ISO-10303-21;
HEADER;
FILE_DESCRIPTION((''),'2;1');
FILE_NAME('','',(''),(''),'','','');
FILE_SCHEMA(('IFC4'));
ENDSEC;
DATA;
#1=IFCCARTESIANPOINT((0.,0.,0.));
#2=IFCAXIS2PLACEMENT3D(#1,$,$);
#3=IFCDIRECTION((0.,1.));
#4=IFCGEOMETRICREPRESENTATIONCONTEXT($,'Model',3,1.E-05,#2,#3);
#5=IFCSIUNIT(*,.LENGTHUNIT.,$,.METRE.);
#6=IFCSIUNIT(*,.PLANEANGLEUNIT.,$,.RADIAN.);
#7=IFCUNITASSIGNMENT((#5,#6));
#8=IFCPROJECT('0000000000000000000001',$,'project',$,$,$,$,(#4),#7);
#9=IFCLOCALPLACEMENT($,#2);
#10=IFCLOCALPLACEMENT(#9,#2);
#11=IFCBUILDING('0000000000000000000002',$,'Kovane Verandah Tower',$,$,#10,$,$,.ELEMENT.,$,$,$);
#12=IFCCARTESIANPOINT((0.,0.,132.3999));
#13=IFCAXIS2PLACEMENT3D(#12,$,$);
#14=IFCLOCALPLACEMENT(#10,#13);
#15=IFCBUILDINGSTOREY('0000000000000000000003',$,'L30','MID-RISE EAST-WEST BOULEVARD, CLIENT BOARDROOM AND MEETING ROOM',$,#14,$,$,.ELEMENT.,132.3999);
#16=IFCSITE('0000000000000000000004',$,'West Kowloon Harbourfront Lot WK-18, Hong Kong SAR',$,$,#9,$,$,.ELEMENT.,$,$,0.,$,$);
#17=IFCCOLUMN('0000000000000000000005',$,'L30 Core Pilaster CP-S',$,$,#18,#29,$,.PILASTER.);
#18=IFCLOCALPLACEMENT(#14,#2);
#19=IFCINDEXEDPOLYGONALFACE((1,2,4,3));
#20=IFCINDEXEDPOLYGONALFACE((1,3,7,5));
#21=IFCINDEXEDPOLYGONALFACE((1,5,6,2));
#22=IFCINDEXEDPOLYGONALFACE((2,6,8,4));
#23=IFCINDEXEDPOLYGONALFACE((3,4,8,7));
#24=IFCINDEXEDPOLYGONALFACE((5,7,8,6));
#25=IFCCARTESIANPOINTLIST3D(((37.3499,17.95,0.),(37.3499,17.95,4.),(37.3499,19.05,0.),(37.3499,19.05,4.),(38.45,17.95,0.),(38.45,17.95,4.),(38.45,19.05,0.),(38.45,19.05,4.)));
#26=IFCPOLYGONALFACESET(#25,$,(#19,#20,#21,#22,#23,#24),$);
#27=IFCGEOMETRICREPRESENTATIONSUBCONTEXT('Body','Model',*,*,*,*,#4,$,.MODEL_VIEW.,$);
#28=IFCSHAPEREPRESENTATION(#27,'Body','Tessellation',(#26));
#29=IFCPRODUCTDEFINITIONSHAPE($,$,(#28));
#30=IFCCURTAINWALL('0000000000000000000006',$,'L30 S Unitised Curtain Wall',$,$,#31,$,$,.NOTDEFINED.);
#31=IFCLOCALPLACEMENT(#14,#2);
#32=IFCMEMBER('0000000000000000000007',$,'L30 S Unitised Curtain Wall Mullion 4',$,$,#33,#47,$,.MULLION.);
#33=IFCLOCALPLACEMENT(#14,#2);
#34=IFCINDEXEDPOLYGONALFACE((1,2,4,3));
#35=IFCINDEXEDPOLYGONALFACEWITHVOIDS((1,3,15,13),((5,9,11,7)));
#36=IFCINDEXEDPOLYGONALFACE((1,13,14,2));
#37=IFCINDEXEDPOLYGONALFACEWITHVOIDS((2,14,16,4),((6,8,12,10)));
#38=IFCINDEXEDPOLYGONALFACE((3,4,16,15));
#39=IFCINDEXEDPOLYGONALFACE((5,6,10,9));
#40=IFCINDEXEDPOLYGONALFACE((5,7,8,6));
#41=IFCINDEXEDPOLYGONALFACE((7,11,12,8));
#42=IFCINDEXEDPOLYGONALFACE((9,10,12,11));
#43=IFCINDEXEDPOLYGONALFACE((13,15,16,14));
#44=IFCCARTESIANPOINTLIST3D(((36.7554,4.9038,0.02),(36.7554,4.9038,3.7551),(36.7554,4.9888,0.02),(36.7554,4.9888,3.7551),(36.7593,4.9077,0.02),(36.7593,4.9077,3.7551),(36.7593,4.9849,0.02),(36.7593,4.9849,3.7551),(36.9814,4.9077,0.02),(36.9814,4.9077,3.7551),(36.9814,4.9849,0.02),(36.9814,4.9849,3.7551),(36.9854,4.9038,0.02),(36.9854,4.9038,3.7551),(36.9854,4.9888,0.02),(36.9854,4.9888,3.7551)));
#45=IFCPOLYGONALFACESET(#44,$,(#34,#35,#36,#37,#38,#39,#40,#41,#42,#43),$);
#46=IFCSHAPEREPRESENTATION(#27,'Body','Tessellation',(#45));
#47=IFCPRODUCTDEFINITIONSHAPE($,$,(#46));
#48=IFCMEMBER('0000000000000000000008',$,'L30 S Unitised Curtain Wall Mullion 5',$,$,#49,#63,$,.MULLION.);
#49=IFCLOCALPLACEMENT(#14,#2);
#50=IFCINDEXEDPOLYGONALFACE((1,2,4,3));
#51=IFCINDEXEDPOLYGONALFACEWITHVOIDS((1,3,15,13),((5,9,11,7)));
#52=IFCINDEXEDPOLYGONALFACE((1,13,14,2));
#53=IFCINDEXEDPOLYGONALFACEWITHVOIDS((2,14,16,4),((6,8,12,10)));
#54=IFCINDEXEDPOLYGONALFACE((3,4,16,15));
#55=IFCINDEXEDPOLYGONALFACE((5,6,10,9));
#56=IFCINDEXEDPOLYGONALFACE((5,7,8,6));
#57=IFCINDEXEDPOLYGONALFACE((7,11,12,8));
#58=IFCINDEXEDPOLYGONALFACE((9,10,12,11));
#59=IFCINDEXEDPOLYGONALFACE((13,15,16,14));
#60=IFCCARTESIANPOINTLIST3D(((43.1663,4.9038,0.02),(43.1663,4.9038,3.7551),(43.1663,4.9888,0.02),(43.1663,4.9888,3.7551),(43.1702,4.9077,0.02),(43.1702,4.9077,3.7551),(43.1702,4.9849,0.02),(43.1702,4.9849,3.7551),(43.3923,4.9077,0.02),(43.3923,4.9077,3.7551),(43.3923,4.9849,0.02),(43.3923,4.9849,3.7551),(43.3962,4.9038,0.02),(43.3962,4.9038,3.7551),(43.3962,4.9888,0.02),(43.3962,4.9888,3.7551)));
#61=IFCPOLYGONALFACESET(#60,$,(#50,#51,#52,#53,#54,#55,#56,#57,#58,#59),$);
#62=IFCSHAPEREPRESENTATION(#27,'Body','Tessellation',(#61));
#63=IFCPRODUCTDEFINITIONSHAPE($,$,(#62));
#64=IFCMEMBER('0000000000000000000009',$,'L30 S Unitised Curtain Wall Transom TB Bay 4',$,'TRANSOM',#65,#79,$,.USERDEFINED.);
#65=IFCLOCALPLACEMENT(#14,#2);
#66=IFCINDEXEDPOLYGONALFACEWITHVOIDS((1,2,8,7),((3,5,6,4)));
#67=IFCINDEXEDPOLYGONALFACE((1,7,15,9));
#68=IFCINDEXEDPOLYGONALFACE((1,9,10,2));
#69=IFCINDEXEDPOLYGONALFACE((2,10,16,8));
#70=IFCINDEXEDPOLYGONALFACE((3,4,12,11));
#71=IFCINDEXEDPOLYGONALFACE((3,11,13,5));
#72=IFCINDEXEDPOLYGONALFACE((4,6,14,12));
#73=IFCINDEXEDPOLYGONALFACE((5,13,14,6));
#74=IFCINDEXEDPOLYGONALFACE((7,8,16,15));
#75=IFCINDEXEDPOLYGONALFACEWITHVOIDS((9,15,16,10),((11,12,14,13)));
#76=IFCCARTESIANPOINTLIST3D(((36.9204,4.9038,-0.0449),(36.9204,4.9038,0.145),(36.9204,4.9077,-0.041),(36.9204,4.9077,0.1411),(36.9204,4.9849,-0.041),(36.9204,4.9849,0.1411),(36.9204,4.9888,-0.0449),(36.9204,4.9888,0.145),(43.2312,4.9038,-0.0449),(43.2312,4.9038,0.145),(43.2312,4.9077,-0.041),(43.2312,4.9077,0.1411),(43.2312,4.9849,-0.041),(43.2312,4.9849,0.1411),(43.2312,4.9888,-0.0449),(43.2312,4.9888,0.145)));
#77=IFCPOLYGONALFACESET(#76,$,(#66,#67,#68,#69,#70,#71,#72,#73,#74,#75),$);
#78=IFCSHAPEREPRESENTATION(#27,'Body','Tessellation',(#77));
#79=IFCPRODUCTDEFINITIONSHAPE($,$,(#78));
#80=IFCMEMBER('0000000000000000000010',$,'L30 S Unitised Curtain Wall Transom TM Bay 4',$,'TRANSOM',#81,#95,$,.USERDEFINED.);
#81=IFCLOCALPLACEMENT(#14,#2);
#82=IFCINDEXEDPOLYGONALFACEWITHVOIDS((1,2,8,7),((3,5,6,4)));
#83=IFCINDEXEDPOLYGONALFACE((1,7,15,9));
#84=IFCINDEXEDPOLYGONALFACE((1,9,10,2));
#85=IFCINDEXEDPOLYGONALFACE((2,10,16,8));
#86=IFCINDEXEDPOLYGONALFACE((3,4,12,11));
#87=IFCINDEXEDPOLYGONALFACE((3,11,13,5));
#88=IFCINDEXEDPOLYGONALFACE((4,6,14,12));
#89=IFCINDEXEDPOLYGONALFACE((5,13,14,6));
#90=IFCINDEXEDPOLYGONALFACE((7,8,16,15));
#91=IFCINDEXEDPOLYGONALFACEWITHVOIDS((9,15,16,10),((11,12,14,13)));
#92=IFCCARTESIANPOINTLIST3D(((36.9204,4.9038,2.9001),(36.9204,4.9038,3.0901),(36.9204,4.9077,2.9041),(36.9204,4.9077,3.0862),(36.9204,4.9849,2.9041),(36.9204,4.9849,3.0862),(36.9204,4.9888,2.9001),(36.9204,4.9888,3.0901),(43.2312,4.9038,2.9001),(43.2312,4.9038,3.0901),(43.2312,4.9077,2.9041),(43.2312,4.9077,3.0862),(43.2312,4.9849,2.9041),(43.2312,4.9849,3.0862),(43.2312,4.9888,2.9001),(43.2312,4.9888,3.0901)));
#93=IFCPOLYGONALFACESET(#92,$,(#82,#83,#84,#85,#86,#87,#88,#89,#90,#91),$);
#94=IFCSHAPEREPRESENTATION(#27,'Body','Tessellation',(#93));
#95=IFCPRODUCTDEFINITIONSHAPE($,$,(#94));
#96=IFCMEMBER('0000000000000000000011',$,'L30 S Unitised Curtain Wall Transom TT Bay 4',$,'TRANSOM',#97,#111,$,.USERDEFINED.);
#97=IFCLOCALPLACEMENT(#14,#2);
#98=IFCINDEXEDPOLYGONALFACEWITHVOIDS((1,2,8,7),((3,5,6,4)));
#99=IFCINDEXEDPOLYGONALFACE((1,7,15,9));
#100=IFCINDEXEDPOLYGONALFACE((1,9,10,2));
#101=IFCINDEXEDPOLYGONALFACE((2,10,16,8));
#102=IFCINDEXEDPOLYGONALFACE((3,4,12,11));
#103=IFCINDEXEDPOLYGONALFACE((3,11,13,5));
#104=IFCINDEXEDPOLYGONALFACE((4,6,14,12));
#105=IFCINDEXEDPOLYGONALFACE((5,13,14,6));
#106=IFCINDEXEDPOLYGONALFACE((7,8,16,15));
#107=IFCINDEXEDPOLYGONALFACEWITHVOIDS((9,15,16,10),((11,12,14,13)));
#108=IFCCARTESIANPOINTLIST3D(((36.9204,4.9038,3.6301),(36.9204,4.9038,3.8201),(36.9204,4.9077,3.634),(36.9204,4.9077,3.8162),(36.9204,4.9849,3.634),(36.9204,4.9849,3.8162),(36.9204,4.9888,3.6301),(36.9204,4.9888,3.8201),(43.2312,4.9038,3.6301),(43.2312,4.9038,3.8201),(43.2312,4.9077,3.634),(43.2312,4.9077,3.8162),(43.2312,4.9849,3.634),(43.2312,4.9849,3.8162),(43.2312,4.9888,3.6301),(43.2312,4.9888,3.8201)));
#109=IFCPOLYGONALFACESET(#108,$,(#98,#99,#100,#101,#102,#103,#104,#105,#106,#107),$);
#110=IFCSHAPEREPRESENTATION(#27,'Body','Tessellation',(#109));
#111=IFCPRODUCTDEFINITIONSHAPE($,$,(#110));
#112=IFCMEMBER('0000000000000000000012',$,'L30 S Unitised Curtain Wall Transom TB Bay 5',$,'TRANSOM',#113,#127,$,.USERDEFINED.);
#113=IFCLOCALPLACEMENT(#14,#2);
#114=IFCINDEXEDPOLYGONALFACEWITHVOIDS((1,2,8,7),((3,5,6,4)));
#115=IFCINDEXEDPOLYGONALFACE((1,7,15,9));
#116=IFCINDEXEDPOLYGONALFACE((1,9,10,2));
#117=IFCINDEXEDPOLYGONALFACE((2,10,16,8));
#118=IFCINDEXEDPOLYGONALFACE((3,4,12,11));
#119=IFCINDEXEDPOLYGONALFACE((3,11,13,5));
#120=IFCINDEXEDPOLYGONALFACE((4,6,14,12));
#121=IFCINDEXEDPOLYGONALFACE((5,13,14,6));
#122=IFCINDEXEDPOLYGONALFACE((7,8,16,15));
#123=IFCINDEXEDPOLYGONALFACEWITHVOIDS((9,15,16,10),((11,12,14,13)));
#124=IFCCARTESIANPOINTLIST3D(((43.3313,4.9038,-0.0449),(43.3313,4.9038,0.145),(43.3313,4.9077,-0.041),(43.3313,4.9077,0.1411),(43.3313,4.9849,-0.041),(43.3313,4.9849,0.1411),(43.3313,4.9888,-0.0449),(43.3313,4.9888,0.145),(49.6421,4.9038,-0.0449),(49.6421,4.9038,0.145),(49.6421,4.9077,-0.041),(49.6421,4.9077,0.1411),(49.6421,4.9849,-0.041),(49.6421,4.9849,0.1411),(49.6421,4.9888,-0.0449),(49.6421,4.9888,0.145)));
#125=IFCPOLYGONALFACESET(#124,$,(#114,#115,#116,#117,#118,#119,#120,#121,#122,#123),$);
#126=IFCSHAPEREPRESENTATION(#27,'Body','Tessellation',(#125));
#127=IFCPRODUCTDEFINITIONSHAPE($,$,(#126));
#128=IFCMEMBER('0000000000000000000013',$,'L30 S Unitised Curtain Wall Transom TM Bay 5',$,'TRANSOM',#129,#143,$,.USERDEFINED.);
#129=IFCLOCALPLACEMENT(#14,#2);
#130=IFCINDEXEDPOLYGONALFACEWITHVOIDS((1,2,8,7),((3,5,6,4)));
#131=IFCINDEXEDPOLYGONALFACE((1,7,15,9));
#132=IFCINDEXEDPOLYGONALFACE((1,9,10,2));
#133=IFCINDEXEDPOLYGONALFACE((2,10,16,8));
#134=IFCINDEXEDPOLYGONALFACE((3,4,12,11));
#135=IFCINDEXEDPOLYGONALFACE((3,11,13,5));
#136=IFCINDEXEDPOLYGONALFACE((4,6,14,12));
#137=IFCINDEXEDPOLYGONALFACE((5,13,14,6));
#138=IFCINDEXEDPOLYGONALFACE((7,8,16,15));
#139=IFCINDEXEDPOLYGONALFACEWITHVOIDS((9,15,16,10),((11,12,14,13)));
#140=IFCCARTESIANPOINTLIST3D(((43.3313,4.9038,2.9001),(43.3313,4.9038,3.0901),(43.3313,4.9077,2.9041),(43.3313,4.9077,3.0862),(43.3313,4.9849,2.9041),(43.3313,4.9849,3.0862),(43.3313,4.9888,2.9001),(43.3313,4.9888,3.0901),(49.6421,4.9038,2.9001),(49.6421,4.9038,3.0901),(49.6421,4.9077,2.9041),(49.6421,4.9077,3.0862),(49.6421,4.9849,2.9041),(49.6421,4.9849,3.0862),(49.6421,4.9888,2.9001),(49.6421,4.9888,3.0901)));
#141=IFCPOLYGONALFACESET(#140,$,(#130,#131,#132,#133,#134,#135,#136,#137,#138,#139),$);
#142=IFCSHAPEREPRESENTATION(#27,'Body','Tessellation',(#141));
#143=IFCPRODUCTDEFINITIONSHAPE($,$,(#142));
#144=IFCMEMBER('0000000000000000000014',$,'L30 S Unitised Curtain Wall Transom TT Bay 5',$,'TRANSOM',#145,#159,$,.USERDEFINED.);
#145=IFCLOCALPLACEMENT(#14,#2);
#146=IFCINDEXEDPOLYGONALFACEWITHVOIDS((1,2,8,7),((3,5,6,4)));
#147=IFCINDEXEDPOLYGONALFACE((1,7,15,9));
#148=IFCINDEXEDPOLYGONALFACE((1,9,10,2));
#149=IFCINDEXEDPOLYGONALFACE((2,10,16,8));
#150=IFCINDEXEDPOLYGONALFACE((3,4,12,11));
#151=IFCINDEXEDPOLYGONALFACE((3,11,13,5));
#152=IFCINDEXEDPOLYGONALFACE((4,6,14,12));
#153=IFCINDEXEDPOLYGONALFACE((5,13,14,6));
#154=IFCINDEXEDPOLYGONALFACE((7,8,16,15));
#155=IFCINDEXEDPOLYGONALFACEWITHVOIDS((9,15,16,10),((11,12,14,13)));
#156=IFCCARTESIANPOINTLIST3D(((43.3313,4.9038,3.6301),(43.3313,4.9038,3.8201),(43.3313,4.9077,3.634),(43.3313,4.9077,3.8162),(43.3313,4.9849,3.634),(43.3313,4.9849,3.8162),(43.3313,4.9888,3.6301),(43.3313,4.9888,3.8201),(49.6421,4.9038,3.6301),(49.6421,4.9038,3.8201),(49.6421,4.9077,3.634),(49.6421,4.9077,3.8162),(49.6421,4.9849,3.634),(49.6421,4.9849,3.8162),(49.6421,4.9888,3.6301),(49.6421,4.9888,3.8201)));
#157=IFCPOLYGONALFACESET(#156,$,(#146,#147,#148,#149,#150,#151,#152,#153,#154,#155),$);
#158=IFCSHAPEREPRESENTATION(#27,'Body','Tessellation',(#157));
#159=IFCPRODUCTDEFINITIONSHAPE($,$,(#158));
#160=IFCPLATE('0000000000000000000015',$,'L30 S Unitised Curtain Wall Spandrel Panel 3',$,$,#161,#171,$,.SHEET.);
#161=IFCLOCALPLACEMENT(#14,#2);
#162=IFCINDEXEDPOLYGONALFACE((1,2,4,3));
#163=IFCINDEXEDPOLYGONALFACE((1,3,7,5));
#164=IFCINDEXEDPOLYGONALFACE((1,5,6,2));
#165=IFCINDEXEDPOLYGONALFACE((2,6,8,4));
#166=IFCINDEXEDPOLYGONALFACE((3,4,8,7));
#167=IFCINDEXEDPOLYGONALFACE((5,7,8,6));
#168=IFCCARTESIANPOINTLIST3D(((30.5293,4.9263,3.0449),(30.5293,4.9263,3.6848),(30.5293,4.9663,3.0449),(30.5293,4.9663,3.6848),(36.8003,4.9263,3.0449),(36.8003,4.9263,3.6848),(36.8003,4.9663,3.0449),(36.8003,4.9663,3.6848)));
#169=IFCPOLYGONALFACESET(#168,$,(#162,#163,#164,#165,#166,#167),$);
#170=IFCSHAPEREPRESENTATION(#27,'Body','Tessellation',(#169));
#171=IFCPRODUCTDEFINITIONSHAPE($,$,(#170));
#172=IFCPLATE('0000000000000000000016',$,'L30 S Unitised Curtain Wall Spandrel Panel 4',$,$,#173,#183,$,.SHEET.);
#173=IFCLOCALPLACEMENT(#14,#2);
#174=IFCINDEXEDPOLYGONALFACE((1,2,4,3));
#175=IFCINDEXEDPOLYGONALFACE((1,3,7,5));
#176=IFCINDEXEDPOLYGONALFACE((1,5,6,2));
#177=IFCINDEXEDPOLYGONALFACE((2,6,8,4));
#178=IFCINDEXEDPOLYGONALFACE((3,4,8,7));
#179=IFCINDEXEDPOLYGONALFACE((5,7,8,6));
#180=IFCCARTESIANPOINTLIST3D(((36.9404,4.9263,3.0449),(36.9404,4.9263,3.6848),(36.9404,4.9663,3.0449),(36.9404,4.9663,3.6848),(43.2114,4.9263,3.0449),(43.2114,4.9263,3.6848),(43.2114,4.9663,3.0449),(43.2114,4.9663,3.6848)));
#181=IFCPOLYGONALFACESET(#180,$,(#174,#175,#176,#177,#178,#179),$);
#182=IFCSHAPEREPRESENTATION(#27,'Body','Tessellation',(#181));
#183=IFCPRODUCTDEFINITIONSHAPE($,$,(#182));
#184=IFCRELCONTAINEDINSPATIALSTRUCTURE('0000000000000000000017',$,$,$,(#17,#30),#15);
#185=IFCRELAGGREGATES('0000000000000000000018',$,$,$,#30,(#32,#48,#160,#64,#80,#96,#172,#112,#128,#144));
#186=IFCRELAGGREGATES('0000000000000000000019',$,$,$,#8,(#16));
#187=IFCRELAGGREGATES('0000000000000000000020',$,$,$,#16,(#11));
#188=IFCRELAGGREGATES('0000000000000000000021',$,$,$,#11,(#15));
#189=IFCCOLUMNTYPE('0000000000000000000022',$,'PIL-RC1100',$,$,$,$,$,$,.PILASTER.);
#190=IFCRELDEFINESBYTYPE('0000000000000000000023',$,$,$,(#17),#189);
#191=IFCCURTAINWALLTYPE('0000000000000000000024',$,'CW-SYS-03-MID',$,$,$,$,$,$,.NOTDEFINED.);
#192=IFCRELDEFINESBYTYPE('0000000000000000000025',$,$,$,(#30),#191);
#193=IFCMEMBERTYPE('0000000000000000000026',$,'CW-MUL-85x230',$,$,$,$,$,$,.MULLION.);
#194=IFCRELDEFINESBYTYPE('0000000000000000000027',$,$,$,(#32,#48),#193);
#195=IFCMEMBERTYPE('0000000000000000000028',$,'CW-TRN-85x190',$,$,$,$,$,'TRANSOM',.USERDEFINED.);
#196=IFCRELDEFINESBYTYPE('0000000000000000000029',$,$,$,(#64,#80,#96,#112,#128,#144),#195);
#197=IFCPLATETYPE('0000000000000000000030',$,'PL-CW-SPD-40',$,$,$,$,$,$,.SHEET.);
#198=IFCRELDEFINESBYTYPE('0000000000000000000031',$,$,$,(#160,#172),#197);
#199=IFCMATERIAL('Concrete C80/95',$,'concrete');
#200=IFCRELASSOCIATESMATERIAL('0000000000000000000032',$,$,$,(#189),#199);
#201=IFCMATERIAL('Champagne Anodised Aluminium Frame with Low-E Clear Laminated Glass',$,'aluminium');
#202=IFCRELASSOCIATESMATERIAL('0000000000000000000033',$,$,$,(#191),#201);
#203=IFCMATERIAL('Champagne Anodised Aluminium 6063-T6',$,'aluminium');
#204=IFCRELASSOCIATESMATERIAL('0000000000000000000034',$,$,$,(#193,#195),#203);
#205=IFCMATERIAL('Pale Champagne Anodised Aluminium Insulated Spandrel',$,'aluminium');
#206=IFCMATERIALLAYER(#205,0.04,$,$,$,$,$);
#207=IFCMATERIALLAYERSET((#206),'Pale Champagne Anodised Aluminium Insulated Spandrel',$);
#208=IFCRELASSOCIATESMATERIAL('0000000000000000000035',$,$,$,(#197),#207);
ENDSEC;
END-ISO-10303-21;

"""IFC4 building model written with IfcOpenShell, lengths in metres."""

from ifc_helpers import new_model, si_unit, direction, frame, origin, origin_2d, place, context, subcontext, project, spatial, rectangle, hollow_rectangle, extrude, material, layer, layer_set, material_profile, profile_set, type_object, element, aggregate, save


model = new_model("IFC4")

# Units and contexts
model_context = context("Model", 3, precision=1e-05, world=origin(), true_north=direction((0.0, 1.0)))
body_context = subcontext(model_context, "Body", "Model", "MODEL_VIEW")
ifc_project = project(units=[si_unit("LENGTHUNIT", "METRE"), si_unit("PLANEANGLEUNIT", "RADIAN")], contexts=[model_context])

# Site, building, storey
site_placement = place(None, origin())
site = spatial("IfcSite", under=ifc_project, at=site_placement, Name="West Kowloon Harbourfront Lot WK-18, Hong Kong SAR", CompositionType="ELEMENT", RefElevation=0.0)
building_placement = place(site_placement, origin())
building = spatial("IfcBuilding", under=site, at=building_placement, Name="Kovane Verandah Tower", CompositionType="ELEMENT")
storey_placement = place(building_placement, frame((0.0, 0.0, 132.3999)))
storey = spatial("IfcBuildingStorey", under=building, at=storey_placement, Name="L30", Description="MID-RISE EAST-WEST BOULEVARD, CLIENT BOARDROOM AND MEETING ROOM", CompositionType="ELEMENT", Elevation=132.3999)

# Column
ifc_material_1 = material(Name="Concrete C80/95", Category="concrete")
ifc_material_profile_1 = material_profile(ifc_material_1, rectangle(XDim=1.1001, YDim=1.1001, at=origin_2d()), Name="RC1100x1100")
ifc_profile_set_1 = profile_set([ifc_material_profile_1], Name="Concrete C80/95")
column_type = type_object("IfcColumnType", Name="PIL-RC1100", PredefinedType="PILASTER", material=ifc_profile_set_1)
column_placement = place(storey_placement, frame((37.8999, 18.5, 0.0), z_axis=(0.0, 0.0, 1.0), x_axis=(1.0, 0.0, 0.0)))
element("IfcColumn", 1, at=column_placement, inside=storey, type_object=column_type, Name="L30 Core Pilaster CP-S", PredefinedType="PILASTER", context=body_context, shape_type="SweptSolid", body=[
    extrude(rectangle(XDim=1.1001, YDim=1.1001, at=origin_2d()), origin(), (0.0, 0.0, 1.0), 4.0),
])

# Curtain wall, members, plates
ifc_material_2 = material(Name="Champagne Anodised Aluminium Frame with Low-E Clear Laminated Glass", Category="aluminium")
curtain_wall_type = type_object("IfcCurtainWallType", Name="CW-SYS-03-MID", PredefinedType="NOTDEFINED", material=ifc_material_2)
curtain_wall_placement = place(storey_placement, origin())
curtain_wall = element("IfcCurtainWall", 2, at=curtain_wall_placement, inside=storey, type_object=curtain_wall_type, Name="L30 S Unitised Curtain Wall", PredefinedType="NOTDEFINED")
ifc_material_3 = material(Name="Champagne Anodised Aluminium 6063-T6", Category="aluminium")
ifc_material_profile_2 = material_profile(ifc_material_3, hollow_rectangle(XDim=0.085, YDim=0.23, WallThickness=0.0039, at=origin_2d()), Name="AL85x230x4")
ifc_profile_set_2 = profile_set([ifc_material_profile_2], Name="Champagne Anodised Aluminium 6063-T6")
member_type_1 = type_object("IfcMemberType", Name="CW-MUL-85x230", PredefinedType="MULLION", material=ifc_profile_set_2)
member_1_placement = place(storey_placement, frame((36.8704, 4.9463, 0.02), z_axis=(0.0, 0.0, 1.0), x_axis=(0.0, -1.0, 0.0)))
member_1 = element("IfcMember", 3, at=member_1_placement, type_object=member_type_1, Name="L30 S Unitised Curtain Wall Mullion 4", PredefinedType="MULLION", context=body_context, shape_type="SweptSolid", body=[
    extrude(hollow_rectangle(XDim=0.085, YDim=0.23, WallThickness=0.0039, at=origin_2d()), origin(), (0.0, 0.0, 1.0), 3.7351),
])
member_2_placement = place(storey_placement, frame((43.2812, 4.9463, 0.02), z_axis=(0.0, 0.0, 1.0), x_axis=(0.0, -1.0, 0.0)))
member_2 = element("IfcMember", 4, at=member_2_placement, type_object=member_type_1, Name="L30 S Unitised Curtain Wall Mullion 5", PredefinedType="MULLION", context=body_context, shape_type="SweptSolid", body=[
    extrude(hollow_rectangle(XDim=0.085, YDim=0.23, WallThickness=0.0039, at=origin_2d()), origin(), (0.0, 0.0, 1.0), 3.7351),
])
ifc_material_profile_3 = material_profile(ifc_material_3, hollow_rectangle(XDim=0.085, YDim=0.1899, WallThickness=0.0039, at=origin_2d()), Name="AL85x190x4")
ifc_profile_set_3 = profile_set([ifc_material_profile_3], Name="Champagne Anodised Aluminium 6063-T6")
member_type_2 = type_object("IfcMemberType", Name="CW-TRN-85x190", ElementType="TRANSOM", PredefinedType="USERDEFINED", material=ifc_profile_set_3)
member_3_placement = place(storey_placement, frame((36.9204, 4.9463, 0.05), z_axis=(1.0, 0.0, 0.0), x_axis=(0.0, 1.0, 0.0)))
member_3 = element("IfcMember", 5, at=member_3_placement, type_object=member_type_2, Name="L30 S Unitised Curtain Wall Transom TB Bay 4", ObjectType="TRANSOM", PredefinedType="USERDEFINED", context=body_context, shape_type="SweptSolid", body=[
    extrude(hollow_rectangle(XDim=0.085, YDim=0.1899, WallThickness=0.0039, at=origin_2d()), origin(), (0.0, 0.0, 1.0), 6.3108),
])
member_4_placement = place(storey_placement, frame((36.9204, 4.9463, 2.9951), z_axis=(1.0, 0.0, 0.0), x_axis=(0.0, 1.0, 0.0)))
member_4 = element("IfcMember", 6, at=member_4_placement, type_object=member_type_2, Name="L30 S Unitised Curtain Wall Transom TM Bay 4", ObjectType="TRANSOM", PredefinedType="USERDEFINED", context=body_context, shape_type="SweptSolid", body=[
    extrude(hollow_rectangle(XDim=0.085, YDim=0.1899, WallThickness=0.0039, at=origin_2d()), origin(), (0.0, 0.0, 1.0), 6.3108),
])
member_5_placement = place(storey_placement, frame((36.9204, 4.9463, 3.7251), z_axis=(1.0, 0.0, 0.0), x_axis=(0.0, 1.0, 0.0)))
member_5 = element("IfcMember", 7, at=member_5_placement, type_object=member_type_2, Name="L30 S Unitised Curtain Wall Transom TT Bay 4", ObjectType="TRANSOM", PredefinedType="USERDEFINED", context=body_context, shape_type="SweptSolid", body=[
    extrude(hollow_rectangle(XDim=0.085, YDim=0.1899, WallThickness=0.0039, at=origin_2d()), origin(), (0.0, 0.0, 1.0), 6.3108),
])
member_6_placement = place(storey_placement, frame((43.3313, 4.9463, 0.05), z_axis=(1.0, 0.0, 0.0), x_axis=(0.0, 1.0, 0.0)))
member_6 = element("IfcMember", 8, at=member_6_placement, type_object=member_type_2, Name="L30 S Unitised Curtain Wall Transom TB Bay 5", ObjectType="TRANSOM", PredefinedType="USERDEFINED", context=body_context, shape_type="SweptSolid", body=[
    extrude(hollow_rectangle(XDim=0.085, YDim=0.1899, WallThickness=0.0039, at=origin_2d()), origin(), (0.0, 0.0, 1.0), 6.3108),
])
member_7_placement = place(storey_placement, frame((43.3313, 4.9463, 2.9951), z_axis=(1.0, 0.0, 0.0), x_axis=(0.0, 1.0, 0.0)))
member_7 = element("IfcMember", 9, at=member_7_placement, type_object=member_type_2, Name="L30 S Unitised Curtain Wall Transom TM Bay 5", ObjectType="TRANSOM", PredefinedType="USERDEFINED", context=body_context, shape_type="SweptSolid", body=[
    extrude(hollow_rectangle(XDim=0.085, YDim=0.1899, WallThickness=0.0039, at=origin_2d()), origin(), (0.0, 0.0, 1.0), 6.3108),
])
member_8_placement = place(storey_placement, frame((43.3313, 4.9463, 3.7251), z_axis=(1.0, 0.0, 0.0), x_axis=(0.0, 1.0, 0.0)))
member_8 = element("IfcMember", 10, at=member_8_placement, type_object=member_type_2, Name="L30 S Unitised Curtain Wall Transom TT Bay 5", ObjectType="TRANSOM", PredefinedType="USERDEFINED", context=body_context, shape_type="SweptSolid", body=[
    extrude(hollow_rectangle(XDim=0.085, YDim=0.1899, WallThickness=0.0039, at=origin_2d()), origin(), (0.0, 0.0, 1.0), 6.3108),
])
ifc_material_4 = material(Name="Pale Champagne Anodised Aluminium Insulated Spandrel", Category="aluminium")
ifc_layer_1 = layer(ifc_material_4, 0.04)
ifc_layer_set_1 = layer_set([ifc_layer_1], Name="Pale Champagne Anodised Aluminium Insulated Spandrel")
plate_type_1 = type_object("IfcPlateType", Name="PL-CW-SPD-40", PredefinedType="SHEET", material=ifc_layer_set_1)
plate_1_placement = place(storey_placement, frame((33.6648, 4.9463, 3.0449), z_axis=(0.0, 0.0, 1.0), x_axis=(1.0, 0.0, 0.0)))
plate_1 = element("IfcPlate", 11, at=plate_1_placement, type_object=plate_type_1, Name="L30 S Unitised Curtain Wall Spandrel Panel 3", PredefinedType="SHEET", context=body_context, shape_type="SweptSolid", body=[
    extrude(rectangle(XDim=6.271, YDim=0.04, at=origin_2d()), origin(), (0.0, 0.0, 1.0), 0.6399),
])
plate_2_placement = place(storey_placement, frame((40.0759, 4.9463, 3.0449), z_axis=(0.0, 0.0, 1.0), x_axis=(1.0, 0.0, 0.0)))
plate_2 = element("IfcPlate", 12, at=plate_2_placement, type_object=plate_type_1, Name="L30 S Unitised Curtain Wall Spandrel Panel 4", PredefinedType="SHEET", context=body_context, shape_type="SweptSolid", body=[
    extrude(rectangle(XDim=6.271, YDim=0.04, at=origin_2d()), origin(), (0.0, 0.0, 1.0), 0.6399),
])
aggregate(curtain_wall, [member_1, member_2, plate_1, member_3, member_4, member_5, plate_2, member_6, member_7, member_8])

save(model, "model.ifc")
